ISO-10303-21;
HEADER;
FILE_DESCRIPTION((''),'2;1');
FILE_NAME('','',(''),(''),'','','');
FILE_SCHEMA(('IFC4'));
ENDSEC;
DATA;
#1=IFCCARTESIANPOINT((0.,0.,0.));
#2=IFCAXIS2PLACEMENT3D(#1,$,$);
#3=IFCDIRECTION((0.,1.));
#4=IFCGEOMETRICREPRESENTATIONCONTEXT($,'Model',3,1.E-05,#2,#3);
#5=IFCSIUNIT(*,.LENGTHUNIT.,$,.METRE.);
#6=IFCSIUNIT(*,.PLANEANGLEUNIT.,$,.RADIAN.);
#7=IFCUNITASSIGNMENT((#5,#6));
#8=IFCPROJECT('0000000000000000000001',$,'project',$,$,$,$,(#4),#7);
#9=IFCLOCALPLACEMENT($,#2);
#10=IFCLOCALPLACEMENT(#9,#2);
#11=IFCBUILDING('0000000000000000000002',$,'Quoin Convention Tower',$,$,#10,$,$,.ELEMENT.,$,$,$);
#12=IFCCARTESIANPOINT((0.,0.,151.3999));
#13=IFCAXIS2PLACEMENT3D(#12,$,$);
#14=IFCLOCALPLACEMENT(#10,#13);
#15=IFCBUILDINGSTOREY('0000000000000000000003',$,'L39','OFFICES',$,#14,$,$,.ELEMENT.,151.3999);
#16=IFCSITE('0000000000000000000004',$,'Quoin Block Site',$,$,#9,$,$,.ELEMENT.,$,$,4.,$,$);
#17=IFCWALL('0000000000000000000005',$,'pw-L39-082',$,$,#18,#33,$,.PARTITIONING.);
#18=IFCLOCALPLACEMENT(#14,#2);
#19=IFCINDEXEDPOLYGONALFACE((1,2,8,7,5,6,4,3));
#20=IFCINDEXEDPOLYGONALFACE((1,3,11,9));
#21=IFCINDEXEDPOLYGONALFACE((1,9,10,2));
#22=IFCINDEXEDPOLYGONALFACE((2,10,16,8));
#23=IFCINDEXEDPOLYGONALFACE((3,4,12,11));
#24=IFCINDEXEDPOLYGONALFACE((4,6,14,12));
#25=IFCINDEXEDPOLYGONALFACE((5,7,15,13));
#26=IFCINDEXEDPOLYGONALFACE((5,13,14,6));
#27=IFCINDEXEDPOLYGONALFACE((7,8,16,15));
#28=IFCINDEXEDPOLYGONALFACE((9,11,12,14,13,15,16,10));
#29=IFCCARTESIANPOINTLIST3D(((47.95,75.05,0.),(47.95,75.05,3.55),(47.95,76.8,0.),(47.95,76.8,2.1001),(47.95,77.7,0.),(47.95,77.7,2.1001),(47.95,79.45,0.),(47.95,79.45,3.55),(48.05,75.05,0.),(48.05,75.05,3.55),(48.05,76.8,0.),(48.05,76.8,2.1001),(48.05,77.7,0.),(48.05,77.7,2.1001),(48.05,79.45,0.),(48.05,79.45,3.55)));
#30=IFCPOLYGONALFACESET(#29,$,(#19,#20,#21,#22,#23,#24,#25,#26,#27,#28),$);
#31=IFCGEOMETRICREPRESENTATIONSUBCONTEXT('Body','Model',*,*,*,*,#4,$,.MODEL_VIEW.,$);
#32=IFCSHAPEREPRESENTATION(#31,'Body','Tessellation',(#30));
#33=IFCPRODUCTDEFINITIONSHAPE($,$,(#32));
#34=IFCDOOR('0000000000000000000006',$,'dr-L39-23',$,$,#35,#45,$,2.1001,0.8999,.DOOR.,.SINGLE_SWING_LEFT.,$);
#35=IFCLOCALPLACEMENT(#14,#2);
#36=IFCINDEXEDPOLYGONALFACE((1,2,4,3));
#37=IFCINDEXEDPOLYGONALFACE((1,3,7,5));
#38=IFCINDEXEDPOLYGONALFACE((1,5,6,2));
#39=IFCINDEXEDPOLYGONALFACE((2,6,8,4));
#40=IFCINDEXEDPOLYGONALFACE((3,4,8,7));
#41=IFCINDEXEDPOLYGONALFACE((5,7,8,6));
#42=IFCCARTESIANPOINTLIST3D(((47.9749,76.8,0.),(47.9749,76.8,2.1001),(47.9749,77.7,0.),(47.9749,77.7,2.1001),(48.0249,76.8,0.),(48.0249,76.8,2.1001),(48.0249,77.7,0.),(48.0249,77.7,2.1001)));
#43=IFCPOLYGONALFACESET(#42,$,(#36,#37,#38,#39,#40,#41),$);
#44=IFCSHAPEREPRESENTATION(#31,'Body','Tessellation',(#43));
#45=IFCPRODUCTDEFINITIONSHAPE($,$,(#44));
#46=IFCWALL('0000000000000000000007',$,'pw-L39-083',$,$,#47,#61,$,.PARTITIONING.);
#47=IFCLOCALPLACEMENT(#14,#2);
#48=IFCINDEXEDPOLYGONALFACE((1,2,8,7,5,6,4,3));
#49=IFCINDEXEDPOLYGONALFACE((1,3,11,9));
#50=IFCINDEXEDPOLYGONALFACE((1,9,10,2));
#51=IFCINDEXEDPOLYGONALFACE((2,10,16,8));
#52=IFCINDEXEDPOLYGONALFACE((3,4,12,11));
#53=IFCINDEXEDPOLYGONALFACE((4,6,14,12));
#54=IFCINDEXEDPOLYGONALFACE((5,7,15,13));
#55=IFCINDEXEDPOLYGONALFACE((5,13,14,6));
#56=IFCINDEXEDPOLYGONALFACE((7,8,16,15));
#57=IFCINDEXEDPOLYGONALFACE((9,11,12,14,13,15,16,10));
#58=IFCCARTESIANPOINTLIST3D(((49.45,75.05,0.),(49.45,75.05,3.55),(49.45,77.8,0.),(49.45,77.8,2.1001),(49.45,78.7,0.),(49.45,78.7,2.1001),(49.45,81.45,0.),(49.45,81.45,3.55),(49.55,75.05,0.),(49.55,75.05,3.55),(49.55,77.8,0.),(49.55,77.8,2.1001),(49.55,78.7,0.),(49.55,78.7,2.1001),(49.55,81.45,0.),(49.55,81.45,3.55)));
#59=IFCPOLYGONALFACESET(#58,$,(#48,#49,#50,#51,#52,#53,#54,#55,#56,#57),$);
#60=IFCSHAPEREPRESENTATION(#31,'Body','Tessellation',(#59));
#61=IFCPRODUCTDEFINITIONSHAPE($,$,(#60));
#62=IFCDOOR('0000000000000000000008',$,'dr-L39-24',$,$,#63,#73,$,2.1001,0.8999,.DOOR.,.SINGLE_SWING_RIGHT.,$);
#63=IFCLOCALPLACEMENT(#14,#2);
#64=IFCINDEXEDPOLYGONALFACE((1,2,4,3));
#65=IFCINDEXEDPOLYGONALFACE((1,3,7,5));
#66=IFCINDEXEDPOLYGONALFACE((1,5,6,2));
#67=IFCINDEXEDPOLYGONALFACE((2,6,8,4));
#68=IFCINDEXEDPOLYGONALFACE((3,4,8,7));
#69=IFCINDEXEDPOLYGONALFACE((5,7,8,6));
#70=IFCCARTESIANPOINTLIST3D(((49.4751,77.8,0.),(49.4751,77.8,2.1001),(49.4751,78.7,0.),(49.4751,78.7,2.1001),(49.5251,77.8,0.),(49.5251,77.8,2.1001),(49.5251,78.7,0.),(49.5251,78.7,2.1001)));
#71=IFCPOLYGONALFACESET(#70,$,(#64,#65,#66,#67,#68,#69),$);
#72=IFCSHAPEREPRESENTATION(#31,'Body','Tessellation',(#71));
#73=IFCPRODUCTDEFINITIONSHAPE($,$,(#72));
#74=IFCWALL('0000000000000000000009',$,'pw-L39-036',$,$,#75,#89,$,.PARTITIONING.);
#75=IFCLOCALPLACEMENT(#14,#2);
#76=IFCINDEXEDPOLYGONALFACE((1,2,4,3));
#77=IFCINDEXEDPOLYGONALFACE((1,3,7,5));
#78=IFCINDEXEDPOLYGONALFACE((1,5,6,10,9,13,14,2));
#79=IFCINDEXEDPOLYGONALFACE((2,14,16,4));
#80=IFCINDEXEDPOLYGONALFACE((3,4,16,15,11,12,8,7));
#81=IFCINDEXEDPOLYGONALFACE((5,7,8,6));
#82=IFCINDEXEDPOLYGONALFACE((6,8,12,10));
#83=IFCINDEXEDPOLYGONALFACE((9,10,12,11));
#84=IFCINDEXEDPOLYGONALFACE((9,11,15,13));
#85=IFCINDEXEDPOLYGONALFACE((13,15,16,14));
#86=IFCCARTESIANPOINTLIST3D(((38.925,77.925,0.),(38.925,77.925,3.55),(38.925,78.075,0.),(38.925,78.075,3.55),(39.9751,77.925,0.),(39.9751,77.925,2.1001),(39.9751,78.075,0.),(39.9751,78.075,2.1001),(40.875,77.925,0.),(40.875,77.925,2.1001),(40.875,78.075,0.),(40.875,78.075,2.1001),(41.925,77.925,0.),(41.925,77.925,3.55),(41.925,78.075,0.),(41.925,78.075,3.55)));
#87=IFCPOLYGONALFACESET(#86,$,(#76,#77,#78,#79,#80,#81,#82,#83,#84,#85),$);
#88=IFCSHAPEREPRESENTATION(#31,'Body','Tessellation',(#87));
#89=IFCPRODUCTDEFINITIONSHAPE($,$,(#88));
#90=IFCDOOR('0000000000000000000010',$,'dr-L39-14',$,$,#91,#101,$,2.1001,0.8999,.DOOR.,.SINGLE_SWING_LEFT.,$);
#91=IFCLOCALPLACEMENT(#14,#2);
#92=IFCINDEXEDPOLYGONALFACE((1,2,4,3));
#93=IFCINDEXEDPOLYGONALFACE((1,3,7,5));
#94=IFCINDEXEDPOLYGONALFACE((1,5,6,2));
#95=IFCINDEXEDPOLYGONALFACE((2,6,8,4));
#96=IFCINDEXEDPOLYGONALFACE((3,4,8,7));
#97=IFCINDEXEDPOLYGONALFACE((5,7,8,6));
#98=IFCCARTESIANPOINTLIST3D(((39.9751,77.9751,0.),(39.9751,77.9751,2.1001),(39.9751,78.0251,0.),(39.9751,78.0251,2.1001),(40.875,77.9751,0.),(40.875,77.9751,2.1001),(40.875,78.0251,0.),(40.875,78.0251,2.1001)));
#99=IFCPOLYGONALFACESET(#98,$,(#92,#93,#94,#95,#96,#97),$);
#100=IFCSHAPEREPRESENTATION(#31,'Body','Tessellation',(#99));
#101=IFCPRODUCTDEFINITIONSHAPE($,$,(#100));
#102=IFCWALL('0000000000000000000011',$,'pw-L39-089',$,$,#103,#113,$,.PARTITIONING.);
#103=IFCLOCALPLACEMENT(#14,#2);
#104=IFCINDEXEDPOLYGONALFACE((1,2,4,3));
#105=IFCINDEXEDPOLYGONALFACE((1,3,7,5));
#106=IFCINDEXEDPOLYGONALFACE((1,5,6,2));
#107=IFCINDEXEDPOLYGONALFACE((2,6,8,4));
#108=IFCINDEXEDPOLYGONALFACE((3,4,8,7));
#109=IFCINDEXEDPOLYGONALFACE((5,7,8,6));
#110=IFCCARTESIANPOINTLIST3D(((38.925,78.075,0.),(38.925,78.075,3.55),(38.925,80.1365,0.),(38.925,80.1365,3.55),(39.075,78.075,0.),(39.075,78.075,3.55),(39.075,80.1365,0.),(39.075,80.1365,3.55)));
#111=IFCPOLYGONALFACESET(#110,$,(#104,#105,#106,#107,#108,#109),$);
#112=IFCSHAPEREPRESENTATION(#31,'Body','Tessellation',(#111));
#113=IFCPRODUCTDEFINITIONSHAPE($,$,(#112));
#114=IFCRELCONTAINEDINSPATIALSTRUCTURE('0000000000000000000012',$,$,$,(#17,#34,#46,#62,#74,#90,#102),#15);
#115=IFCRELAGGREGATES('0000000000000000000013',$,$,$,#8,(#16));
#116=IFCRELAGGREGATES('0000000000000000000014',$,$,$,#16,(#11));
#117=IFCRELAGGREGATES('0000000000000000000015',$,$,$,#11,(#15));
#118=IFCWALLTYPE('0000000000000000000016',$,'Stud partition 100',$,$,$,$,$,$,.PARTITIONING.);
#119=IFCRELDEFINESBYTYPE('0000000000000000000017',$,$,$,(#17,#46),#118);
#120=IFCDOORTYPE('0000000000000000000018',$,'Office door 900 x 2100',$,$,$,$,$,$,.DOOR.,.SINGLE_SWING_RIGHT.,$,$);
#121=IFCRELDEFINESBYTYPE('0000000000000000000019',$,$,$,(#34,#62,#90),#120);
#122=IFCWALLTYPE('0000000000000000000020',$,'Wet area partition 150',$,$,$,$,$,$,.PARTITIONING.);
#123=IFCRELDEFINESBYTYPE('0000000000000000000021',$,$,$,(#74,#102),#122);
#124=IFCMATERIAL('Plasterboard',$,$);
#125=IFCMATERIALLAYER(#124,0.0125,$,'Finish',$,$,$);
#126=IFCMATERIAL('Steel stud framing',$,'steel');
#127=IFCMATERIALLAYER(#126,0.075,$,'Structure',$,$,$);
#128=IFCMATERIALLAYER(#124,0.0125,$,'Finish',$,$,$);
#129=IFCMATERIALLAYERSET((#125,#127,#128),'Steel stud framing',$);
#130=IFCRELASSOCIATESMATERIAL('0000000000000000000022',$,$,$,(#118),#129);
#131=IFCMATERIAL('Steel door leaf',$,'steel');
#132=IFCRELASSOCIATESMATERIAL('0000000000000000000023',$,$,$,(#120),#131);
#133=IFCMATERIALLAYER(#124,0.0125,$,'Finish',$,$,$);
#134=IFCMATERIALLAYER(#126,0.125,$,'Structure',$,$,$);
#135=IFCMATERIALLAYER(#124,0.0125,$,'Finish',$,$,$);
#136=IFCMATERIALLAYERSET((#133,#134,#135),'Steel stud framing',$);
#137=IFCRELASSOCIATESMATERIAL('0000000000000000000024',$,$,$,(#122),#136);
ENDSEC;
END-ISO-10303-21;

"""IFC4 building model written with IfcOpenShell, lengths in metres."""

from ifc_helpers import new_model, si_unit, direction, frame, frame_2d, origin, place, context, subcontext, project, spatial, rectangle, extrude, material, layer, layer_set, type_object, element, fill, save


model = new_model("IFC4")

# Units and contexts
model_context = context("Model", 3, precision=1e-05, world=origin(), true_north=direction((0.0, 1.0)))
body_context = subcontext(model_context, "Body", "Model", "MODEL_VIEW")
ifc_project = project(units=[si_unit("LENGTHUNIT", "METRE"), si_unit("PLANEANGLEUNIT", "RADIAN")], contexts=[model_context])

# Site, building, storey
site_placement = place(None, origin())
site = spatial("IfcSite", under=ifc_project, at=site_placement, Name="Quoin Block Site", CompositionType="ELEMENT", RefElevation=4.0)
building_placement = place(site_placement, origin())
building = spatial("IfcBuilding", under=site, at=building_placement, Name="Quoin Convention Tower", CompositionType="ELEMENT")
storey_placement = place(building_placement, frame((0.0, 0.0, 151.3999)))
storey = spatial("IfcBuildingStorey", under=building, at=storey_placement, Name="L39", Description="OFFICES", CompositionType="ELEMENT", Elevation=151.3999)

# Shared definitions
ifc_material_1 = material(Name="Plasterboard")
ifc_material_2 = material(Name="Steel stud framing", Category="steel")

# Shared definitions
ifc_material_3 = material(Name="Steel door leaf", Category="steel")

# Shared definitions
ifc_layer_1 = layer(ifc_material_1, 0.0125, Name="Finish")
ifc_layer_2 = layer(ifc_material_2, 0.075, Name="Structure")
ifc_layer_3 = layer(ifc_material_1, 0.0125, Name="Finish")
ifc_layer_set_1 = layer_set([ifc_layer_1, ifc_layer_2, ifc_layer_3], Name="Steel stud framing")
wall_type_1 = type_object("IfcWallType", Name="Stud partition 100", PredefinedType="PARTITIONING", material=ifc_layer_set_1)

# Walls, openings, doors
wall_1_placement = place(storey_placement, frame((48.0, 75.05, 0.0), z_axis=(0.0, 0.0, 1.0), x_axis=(0.0, 1.0, 0.0)))
wall_1 = element("IfcWall", 1, at=wall_1_placement, inside=storey, type_object=wall_type_1, Name="pw-L39-082", PredefinedType="PARTITIONING", context=body_context, shape_type="SweptSolid", body=[
    extrude(rectangle(XDim=4.3999, YDim=0.1001, at=frame_2d((2.2, 0.0))), origin(), (0.0, 0.0, 1.0), 3.55),
])
opening_1_placement = place(wall_1_placement, frame((1.75, 0.0, 0.0)))
opening_1 = element("IfcOpeningElement", 2, at=opening_1_placement, cuts=wall_1, PredefinedType="OPENING", context=body_context, shape_type="SweptSolid", body=[
    extrude(rectangle(XDim=0.8999, YDim=2.1001, at=frame_2d((0.45, 1.05))), frame((0.0, 0.0601, 0.0), z_axis=(0.0, -1.0, 0.0), x_axis=(1.0, 0.0, 0.0)), (0.0, 0.0, 1.0), 0.1201),
])
door_type_1 = type_object("IfcDoorType", Name="Office door 900 x 2100", OperationType="SINGLE_SWING_RIGHT", PredefinedType="DOOR", material=ifc_material_3)
door_1_placement = place(opening_1_placement, frame((0.8999, 0.0, 0.0), z_axis=(0.0, 0.0, 1.0), x_axis=(-1.0, 0.0, 0.0)))
door_1 = element("IfcDoor", 3, at=door_1_placement, inside=storey, type_object=door_type_1, Name="dr-L39-23", OperationType="SINGLE_SWING_LEFT", OverallHeight=2.1001, OverallWidth=0.8999, PredefinedType="DOOR", context=body_context, shape_type="SweptSolid", body=[
    extrude(rectangle(XDim=0.8999, YDim=2.1001, at=frame_2d((0.45, 1.05))), frame((0.0, 0.0249, 0.0), z_axis=(0.0, -1.0, 0.0), x_axis=(1.0, 0.0, 0.0)), (0.0, 0.0, 1.0), 0.05),
])
fill(opening_1, door_1)
wall_2_placement = place(storey_placement, frame((49.5, 75.05, 0.0), z_axis=(0.0, 0.0, 1.0), x_axis=(0.0, 1.0, 0.0)))
wall_2 = element("IfcWall", 4, at=wall_2_placement, inside=storey, type_object=wall_type_1, Name="pw-L39-083", PredefinedType="PARTITIONING", context=body_context, shape_type="SweptSolid", body=[
    extrude(rectangle(XDim=6.3999, YDim=0.1001, at=frame_2d((3.2, 0.0))), origin(), (0.0, 0.0, 1.0), 3.55),
])
opening_2_placement = place(wall_2_placement, frame((2.75, 0.0, 0.0)))
opening_2 = element("IfcOpeningElement", 5, at=opening_2_placement, cuts=wall_2, PredefinedType="OPENING", context=body_context, shape_type="SweptSolid", body=[
    extrude(rectangle(XDim=0.8999, YDim=2.1001, at=frame_2d((0.45, 1.05))), frame((0.0, 0.0601, 0.0), z_axis=(0.0, -1.0, 0.0), x_axis=(1.0, 0.0, 0.0)), (0.0, 0.0, 1.0), 0.1201),
])
door_2_placement = place(opening_2_placement, origin())
door_2 = element("IfcDoor", 6, at=door_2_placement, inside=storey, type_object=door_type_1, Name="dr-L39-24", OperationType="SINGLE_SWING_RIGHT", OverallHeight=2.1001, OverallWidth=0.8999, PredefinedType="DOOR", context=body_context, shape_type="SweptSolid", body=[
    extrude(rectangle(XDim=0.8999, YDim=2.1001, at=frame_2d((0.45, 1.05))), frame((0.0, 0.0249, 0.0), z_axis=(0.0, -1.0, 0.0), x_axis=(1.0, 0.0, 0.0)), (0.0, 0.0, 1.0), 0.05),
])
fill(opening_2, door_2)
ifc_layer_4 = layer(ifc_material_1, 0.0125, Name="Finish")
ifc_layer_5 = layer(ifc_material_2, 0.125, Name="Structure")
ifc_layer_6 = layer(ifc_material_1, 0.0125, Name="Finish")
ifc_layer_set_2 = layer_set([ifc_layer_4, ifc_layer_5, ifc_layer_6], Name="Steel stud framing")
wall_type_2 = type_object("IfcWallType", Name="Wet area partition 150", PredefinedType="PARTITIONING", material=ifc_layer_set_2)
wall_3_placement = place(storey_placement, frame((38.925, 78.0, 0.0), z_axis=(0.0, 0.0, 1.0), x_axis=(1.0, 0.0, 0.0)))
wall_3 = element("IfcWall", 7, at=wall_3_placement, inside=storey, type_object=wall_type_2, Name="pw-L39-036", PredefinedType="PARTITIONING", context=body_context, shape_type="SweptSolid", body=[
    extrude(rectangle(XDim=3.0, YDim=0.1499, at=frame_2d((1.5, 0.0))), origin(), (0.0, 0.0, 1.0), 3.55),
])
opening_3_placement = place(wall_3_placement, frame((1.05, 0.0, 0.0)))
opening_3 = element("IfcOpeningElement", 8, at=opening_3_placement, cuts=wall_3, PredefinedType="OPENING", context=body_context, shape_type="SweptSolid", body=[
    extrude(rectangle(XDim=0.8999, YDim=2.1001, at=frame_2d((0.45, 1.05))), frame((0.0, 0.085, 0.0), z_axis=(0.0, -1.0, 0.0), x_axis=(1.0, 0.0, 0.0)), (0.0, 0.0, 1.0), 0.1699),
])
door_3_placement = place(opening_3_placement, frame((0.8999, 0.0, 0.0), z_axis=(0.0, 0.0, 1.0), x_axis=(-1.0, 0.0, 0.0)))
door_3 = element("IfcDoor", 9, at=door_3_placement, inside=storey, type_object=door_type_1, Name="dr-L39-14", OperationType="SINGLE_SWING_LEFT", OverallHeight=2.1001, OverallWidth=0.8999, PredefinedType="DOOR", context=body_context, shape_type="SweptSolid", body=[
    extrude(rectangle(XDim=0.8999, YDim=2.1001, at=frame_2d((0.45, 1.05))), frame((0.0, 0.0249, 0.0), z_axis=(0.0, -1.0, 0.0), x_axis=(1.0, 0.0, 0.0)), (0.0, 0.0, 1.0), 0.05),
])
fill(opening_3, door_3)

# Wall
wall_4_placement = place(storey_placement, frame((39.0, 78.075, 0.0), z_axis=(0.0, 0.0, 1.0), x_axis=(0.0, 1.0, 0.0)))
element("IfcWall", 10, at=wall_4_placement, inside=storey, type_object=wall_type_2, Name="pw-L39-089", PredefinedType="PARTITIONING", context=body_context, shape_type="SweptSolid", body=[
    extrude(rectangle(XDim=2.0615, YDim=0.1499, at=frame_2d((1.0308, 0.0))), origin(), (0.0, 0.0, 1.0), 3.55),
])

save(model, "model.ifc")
